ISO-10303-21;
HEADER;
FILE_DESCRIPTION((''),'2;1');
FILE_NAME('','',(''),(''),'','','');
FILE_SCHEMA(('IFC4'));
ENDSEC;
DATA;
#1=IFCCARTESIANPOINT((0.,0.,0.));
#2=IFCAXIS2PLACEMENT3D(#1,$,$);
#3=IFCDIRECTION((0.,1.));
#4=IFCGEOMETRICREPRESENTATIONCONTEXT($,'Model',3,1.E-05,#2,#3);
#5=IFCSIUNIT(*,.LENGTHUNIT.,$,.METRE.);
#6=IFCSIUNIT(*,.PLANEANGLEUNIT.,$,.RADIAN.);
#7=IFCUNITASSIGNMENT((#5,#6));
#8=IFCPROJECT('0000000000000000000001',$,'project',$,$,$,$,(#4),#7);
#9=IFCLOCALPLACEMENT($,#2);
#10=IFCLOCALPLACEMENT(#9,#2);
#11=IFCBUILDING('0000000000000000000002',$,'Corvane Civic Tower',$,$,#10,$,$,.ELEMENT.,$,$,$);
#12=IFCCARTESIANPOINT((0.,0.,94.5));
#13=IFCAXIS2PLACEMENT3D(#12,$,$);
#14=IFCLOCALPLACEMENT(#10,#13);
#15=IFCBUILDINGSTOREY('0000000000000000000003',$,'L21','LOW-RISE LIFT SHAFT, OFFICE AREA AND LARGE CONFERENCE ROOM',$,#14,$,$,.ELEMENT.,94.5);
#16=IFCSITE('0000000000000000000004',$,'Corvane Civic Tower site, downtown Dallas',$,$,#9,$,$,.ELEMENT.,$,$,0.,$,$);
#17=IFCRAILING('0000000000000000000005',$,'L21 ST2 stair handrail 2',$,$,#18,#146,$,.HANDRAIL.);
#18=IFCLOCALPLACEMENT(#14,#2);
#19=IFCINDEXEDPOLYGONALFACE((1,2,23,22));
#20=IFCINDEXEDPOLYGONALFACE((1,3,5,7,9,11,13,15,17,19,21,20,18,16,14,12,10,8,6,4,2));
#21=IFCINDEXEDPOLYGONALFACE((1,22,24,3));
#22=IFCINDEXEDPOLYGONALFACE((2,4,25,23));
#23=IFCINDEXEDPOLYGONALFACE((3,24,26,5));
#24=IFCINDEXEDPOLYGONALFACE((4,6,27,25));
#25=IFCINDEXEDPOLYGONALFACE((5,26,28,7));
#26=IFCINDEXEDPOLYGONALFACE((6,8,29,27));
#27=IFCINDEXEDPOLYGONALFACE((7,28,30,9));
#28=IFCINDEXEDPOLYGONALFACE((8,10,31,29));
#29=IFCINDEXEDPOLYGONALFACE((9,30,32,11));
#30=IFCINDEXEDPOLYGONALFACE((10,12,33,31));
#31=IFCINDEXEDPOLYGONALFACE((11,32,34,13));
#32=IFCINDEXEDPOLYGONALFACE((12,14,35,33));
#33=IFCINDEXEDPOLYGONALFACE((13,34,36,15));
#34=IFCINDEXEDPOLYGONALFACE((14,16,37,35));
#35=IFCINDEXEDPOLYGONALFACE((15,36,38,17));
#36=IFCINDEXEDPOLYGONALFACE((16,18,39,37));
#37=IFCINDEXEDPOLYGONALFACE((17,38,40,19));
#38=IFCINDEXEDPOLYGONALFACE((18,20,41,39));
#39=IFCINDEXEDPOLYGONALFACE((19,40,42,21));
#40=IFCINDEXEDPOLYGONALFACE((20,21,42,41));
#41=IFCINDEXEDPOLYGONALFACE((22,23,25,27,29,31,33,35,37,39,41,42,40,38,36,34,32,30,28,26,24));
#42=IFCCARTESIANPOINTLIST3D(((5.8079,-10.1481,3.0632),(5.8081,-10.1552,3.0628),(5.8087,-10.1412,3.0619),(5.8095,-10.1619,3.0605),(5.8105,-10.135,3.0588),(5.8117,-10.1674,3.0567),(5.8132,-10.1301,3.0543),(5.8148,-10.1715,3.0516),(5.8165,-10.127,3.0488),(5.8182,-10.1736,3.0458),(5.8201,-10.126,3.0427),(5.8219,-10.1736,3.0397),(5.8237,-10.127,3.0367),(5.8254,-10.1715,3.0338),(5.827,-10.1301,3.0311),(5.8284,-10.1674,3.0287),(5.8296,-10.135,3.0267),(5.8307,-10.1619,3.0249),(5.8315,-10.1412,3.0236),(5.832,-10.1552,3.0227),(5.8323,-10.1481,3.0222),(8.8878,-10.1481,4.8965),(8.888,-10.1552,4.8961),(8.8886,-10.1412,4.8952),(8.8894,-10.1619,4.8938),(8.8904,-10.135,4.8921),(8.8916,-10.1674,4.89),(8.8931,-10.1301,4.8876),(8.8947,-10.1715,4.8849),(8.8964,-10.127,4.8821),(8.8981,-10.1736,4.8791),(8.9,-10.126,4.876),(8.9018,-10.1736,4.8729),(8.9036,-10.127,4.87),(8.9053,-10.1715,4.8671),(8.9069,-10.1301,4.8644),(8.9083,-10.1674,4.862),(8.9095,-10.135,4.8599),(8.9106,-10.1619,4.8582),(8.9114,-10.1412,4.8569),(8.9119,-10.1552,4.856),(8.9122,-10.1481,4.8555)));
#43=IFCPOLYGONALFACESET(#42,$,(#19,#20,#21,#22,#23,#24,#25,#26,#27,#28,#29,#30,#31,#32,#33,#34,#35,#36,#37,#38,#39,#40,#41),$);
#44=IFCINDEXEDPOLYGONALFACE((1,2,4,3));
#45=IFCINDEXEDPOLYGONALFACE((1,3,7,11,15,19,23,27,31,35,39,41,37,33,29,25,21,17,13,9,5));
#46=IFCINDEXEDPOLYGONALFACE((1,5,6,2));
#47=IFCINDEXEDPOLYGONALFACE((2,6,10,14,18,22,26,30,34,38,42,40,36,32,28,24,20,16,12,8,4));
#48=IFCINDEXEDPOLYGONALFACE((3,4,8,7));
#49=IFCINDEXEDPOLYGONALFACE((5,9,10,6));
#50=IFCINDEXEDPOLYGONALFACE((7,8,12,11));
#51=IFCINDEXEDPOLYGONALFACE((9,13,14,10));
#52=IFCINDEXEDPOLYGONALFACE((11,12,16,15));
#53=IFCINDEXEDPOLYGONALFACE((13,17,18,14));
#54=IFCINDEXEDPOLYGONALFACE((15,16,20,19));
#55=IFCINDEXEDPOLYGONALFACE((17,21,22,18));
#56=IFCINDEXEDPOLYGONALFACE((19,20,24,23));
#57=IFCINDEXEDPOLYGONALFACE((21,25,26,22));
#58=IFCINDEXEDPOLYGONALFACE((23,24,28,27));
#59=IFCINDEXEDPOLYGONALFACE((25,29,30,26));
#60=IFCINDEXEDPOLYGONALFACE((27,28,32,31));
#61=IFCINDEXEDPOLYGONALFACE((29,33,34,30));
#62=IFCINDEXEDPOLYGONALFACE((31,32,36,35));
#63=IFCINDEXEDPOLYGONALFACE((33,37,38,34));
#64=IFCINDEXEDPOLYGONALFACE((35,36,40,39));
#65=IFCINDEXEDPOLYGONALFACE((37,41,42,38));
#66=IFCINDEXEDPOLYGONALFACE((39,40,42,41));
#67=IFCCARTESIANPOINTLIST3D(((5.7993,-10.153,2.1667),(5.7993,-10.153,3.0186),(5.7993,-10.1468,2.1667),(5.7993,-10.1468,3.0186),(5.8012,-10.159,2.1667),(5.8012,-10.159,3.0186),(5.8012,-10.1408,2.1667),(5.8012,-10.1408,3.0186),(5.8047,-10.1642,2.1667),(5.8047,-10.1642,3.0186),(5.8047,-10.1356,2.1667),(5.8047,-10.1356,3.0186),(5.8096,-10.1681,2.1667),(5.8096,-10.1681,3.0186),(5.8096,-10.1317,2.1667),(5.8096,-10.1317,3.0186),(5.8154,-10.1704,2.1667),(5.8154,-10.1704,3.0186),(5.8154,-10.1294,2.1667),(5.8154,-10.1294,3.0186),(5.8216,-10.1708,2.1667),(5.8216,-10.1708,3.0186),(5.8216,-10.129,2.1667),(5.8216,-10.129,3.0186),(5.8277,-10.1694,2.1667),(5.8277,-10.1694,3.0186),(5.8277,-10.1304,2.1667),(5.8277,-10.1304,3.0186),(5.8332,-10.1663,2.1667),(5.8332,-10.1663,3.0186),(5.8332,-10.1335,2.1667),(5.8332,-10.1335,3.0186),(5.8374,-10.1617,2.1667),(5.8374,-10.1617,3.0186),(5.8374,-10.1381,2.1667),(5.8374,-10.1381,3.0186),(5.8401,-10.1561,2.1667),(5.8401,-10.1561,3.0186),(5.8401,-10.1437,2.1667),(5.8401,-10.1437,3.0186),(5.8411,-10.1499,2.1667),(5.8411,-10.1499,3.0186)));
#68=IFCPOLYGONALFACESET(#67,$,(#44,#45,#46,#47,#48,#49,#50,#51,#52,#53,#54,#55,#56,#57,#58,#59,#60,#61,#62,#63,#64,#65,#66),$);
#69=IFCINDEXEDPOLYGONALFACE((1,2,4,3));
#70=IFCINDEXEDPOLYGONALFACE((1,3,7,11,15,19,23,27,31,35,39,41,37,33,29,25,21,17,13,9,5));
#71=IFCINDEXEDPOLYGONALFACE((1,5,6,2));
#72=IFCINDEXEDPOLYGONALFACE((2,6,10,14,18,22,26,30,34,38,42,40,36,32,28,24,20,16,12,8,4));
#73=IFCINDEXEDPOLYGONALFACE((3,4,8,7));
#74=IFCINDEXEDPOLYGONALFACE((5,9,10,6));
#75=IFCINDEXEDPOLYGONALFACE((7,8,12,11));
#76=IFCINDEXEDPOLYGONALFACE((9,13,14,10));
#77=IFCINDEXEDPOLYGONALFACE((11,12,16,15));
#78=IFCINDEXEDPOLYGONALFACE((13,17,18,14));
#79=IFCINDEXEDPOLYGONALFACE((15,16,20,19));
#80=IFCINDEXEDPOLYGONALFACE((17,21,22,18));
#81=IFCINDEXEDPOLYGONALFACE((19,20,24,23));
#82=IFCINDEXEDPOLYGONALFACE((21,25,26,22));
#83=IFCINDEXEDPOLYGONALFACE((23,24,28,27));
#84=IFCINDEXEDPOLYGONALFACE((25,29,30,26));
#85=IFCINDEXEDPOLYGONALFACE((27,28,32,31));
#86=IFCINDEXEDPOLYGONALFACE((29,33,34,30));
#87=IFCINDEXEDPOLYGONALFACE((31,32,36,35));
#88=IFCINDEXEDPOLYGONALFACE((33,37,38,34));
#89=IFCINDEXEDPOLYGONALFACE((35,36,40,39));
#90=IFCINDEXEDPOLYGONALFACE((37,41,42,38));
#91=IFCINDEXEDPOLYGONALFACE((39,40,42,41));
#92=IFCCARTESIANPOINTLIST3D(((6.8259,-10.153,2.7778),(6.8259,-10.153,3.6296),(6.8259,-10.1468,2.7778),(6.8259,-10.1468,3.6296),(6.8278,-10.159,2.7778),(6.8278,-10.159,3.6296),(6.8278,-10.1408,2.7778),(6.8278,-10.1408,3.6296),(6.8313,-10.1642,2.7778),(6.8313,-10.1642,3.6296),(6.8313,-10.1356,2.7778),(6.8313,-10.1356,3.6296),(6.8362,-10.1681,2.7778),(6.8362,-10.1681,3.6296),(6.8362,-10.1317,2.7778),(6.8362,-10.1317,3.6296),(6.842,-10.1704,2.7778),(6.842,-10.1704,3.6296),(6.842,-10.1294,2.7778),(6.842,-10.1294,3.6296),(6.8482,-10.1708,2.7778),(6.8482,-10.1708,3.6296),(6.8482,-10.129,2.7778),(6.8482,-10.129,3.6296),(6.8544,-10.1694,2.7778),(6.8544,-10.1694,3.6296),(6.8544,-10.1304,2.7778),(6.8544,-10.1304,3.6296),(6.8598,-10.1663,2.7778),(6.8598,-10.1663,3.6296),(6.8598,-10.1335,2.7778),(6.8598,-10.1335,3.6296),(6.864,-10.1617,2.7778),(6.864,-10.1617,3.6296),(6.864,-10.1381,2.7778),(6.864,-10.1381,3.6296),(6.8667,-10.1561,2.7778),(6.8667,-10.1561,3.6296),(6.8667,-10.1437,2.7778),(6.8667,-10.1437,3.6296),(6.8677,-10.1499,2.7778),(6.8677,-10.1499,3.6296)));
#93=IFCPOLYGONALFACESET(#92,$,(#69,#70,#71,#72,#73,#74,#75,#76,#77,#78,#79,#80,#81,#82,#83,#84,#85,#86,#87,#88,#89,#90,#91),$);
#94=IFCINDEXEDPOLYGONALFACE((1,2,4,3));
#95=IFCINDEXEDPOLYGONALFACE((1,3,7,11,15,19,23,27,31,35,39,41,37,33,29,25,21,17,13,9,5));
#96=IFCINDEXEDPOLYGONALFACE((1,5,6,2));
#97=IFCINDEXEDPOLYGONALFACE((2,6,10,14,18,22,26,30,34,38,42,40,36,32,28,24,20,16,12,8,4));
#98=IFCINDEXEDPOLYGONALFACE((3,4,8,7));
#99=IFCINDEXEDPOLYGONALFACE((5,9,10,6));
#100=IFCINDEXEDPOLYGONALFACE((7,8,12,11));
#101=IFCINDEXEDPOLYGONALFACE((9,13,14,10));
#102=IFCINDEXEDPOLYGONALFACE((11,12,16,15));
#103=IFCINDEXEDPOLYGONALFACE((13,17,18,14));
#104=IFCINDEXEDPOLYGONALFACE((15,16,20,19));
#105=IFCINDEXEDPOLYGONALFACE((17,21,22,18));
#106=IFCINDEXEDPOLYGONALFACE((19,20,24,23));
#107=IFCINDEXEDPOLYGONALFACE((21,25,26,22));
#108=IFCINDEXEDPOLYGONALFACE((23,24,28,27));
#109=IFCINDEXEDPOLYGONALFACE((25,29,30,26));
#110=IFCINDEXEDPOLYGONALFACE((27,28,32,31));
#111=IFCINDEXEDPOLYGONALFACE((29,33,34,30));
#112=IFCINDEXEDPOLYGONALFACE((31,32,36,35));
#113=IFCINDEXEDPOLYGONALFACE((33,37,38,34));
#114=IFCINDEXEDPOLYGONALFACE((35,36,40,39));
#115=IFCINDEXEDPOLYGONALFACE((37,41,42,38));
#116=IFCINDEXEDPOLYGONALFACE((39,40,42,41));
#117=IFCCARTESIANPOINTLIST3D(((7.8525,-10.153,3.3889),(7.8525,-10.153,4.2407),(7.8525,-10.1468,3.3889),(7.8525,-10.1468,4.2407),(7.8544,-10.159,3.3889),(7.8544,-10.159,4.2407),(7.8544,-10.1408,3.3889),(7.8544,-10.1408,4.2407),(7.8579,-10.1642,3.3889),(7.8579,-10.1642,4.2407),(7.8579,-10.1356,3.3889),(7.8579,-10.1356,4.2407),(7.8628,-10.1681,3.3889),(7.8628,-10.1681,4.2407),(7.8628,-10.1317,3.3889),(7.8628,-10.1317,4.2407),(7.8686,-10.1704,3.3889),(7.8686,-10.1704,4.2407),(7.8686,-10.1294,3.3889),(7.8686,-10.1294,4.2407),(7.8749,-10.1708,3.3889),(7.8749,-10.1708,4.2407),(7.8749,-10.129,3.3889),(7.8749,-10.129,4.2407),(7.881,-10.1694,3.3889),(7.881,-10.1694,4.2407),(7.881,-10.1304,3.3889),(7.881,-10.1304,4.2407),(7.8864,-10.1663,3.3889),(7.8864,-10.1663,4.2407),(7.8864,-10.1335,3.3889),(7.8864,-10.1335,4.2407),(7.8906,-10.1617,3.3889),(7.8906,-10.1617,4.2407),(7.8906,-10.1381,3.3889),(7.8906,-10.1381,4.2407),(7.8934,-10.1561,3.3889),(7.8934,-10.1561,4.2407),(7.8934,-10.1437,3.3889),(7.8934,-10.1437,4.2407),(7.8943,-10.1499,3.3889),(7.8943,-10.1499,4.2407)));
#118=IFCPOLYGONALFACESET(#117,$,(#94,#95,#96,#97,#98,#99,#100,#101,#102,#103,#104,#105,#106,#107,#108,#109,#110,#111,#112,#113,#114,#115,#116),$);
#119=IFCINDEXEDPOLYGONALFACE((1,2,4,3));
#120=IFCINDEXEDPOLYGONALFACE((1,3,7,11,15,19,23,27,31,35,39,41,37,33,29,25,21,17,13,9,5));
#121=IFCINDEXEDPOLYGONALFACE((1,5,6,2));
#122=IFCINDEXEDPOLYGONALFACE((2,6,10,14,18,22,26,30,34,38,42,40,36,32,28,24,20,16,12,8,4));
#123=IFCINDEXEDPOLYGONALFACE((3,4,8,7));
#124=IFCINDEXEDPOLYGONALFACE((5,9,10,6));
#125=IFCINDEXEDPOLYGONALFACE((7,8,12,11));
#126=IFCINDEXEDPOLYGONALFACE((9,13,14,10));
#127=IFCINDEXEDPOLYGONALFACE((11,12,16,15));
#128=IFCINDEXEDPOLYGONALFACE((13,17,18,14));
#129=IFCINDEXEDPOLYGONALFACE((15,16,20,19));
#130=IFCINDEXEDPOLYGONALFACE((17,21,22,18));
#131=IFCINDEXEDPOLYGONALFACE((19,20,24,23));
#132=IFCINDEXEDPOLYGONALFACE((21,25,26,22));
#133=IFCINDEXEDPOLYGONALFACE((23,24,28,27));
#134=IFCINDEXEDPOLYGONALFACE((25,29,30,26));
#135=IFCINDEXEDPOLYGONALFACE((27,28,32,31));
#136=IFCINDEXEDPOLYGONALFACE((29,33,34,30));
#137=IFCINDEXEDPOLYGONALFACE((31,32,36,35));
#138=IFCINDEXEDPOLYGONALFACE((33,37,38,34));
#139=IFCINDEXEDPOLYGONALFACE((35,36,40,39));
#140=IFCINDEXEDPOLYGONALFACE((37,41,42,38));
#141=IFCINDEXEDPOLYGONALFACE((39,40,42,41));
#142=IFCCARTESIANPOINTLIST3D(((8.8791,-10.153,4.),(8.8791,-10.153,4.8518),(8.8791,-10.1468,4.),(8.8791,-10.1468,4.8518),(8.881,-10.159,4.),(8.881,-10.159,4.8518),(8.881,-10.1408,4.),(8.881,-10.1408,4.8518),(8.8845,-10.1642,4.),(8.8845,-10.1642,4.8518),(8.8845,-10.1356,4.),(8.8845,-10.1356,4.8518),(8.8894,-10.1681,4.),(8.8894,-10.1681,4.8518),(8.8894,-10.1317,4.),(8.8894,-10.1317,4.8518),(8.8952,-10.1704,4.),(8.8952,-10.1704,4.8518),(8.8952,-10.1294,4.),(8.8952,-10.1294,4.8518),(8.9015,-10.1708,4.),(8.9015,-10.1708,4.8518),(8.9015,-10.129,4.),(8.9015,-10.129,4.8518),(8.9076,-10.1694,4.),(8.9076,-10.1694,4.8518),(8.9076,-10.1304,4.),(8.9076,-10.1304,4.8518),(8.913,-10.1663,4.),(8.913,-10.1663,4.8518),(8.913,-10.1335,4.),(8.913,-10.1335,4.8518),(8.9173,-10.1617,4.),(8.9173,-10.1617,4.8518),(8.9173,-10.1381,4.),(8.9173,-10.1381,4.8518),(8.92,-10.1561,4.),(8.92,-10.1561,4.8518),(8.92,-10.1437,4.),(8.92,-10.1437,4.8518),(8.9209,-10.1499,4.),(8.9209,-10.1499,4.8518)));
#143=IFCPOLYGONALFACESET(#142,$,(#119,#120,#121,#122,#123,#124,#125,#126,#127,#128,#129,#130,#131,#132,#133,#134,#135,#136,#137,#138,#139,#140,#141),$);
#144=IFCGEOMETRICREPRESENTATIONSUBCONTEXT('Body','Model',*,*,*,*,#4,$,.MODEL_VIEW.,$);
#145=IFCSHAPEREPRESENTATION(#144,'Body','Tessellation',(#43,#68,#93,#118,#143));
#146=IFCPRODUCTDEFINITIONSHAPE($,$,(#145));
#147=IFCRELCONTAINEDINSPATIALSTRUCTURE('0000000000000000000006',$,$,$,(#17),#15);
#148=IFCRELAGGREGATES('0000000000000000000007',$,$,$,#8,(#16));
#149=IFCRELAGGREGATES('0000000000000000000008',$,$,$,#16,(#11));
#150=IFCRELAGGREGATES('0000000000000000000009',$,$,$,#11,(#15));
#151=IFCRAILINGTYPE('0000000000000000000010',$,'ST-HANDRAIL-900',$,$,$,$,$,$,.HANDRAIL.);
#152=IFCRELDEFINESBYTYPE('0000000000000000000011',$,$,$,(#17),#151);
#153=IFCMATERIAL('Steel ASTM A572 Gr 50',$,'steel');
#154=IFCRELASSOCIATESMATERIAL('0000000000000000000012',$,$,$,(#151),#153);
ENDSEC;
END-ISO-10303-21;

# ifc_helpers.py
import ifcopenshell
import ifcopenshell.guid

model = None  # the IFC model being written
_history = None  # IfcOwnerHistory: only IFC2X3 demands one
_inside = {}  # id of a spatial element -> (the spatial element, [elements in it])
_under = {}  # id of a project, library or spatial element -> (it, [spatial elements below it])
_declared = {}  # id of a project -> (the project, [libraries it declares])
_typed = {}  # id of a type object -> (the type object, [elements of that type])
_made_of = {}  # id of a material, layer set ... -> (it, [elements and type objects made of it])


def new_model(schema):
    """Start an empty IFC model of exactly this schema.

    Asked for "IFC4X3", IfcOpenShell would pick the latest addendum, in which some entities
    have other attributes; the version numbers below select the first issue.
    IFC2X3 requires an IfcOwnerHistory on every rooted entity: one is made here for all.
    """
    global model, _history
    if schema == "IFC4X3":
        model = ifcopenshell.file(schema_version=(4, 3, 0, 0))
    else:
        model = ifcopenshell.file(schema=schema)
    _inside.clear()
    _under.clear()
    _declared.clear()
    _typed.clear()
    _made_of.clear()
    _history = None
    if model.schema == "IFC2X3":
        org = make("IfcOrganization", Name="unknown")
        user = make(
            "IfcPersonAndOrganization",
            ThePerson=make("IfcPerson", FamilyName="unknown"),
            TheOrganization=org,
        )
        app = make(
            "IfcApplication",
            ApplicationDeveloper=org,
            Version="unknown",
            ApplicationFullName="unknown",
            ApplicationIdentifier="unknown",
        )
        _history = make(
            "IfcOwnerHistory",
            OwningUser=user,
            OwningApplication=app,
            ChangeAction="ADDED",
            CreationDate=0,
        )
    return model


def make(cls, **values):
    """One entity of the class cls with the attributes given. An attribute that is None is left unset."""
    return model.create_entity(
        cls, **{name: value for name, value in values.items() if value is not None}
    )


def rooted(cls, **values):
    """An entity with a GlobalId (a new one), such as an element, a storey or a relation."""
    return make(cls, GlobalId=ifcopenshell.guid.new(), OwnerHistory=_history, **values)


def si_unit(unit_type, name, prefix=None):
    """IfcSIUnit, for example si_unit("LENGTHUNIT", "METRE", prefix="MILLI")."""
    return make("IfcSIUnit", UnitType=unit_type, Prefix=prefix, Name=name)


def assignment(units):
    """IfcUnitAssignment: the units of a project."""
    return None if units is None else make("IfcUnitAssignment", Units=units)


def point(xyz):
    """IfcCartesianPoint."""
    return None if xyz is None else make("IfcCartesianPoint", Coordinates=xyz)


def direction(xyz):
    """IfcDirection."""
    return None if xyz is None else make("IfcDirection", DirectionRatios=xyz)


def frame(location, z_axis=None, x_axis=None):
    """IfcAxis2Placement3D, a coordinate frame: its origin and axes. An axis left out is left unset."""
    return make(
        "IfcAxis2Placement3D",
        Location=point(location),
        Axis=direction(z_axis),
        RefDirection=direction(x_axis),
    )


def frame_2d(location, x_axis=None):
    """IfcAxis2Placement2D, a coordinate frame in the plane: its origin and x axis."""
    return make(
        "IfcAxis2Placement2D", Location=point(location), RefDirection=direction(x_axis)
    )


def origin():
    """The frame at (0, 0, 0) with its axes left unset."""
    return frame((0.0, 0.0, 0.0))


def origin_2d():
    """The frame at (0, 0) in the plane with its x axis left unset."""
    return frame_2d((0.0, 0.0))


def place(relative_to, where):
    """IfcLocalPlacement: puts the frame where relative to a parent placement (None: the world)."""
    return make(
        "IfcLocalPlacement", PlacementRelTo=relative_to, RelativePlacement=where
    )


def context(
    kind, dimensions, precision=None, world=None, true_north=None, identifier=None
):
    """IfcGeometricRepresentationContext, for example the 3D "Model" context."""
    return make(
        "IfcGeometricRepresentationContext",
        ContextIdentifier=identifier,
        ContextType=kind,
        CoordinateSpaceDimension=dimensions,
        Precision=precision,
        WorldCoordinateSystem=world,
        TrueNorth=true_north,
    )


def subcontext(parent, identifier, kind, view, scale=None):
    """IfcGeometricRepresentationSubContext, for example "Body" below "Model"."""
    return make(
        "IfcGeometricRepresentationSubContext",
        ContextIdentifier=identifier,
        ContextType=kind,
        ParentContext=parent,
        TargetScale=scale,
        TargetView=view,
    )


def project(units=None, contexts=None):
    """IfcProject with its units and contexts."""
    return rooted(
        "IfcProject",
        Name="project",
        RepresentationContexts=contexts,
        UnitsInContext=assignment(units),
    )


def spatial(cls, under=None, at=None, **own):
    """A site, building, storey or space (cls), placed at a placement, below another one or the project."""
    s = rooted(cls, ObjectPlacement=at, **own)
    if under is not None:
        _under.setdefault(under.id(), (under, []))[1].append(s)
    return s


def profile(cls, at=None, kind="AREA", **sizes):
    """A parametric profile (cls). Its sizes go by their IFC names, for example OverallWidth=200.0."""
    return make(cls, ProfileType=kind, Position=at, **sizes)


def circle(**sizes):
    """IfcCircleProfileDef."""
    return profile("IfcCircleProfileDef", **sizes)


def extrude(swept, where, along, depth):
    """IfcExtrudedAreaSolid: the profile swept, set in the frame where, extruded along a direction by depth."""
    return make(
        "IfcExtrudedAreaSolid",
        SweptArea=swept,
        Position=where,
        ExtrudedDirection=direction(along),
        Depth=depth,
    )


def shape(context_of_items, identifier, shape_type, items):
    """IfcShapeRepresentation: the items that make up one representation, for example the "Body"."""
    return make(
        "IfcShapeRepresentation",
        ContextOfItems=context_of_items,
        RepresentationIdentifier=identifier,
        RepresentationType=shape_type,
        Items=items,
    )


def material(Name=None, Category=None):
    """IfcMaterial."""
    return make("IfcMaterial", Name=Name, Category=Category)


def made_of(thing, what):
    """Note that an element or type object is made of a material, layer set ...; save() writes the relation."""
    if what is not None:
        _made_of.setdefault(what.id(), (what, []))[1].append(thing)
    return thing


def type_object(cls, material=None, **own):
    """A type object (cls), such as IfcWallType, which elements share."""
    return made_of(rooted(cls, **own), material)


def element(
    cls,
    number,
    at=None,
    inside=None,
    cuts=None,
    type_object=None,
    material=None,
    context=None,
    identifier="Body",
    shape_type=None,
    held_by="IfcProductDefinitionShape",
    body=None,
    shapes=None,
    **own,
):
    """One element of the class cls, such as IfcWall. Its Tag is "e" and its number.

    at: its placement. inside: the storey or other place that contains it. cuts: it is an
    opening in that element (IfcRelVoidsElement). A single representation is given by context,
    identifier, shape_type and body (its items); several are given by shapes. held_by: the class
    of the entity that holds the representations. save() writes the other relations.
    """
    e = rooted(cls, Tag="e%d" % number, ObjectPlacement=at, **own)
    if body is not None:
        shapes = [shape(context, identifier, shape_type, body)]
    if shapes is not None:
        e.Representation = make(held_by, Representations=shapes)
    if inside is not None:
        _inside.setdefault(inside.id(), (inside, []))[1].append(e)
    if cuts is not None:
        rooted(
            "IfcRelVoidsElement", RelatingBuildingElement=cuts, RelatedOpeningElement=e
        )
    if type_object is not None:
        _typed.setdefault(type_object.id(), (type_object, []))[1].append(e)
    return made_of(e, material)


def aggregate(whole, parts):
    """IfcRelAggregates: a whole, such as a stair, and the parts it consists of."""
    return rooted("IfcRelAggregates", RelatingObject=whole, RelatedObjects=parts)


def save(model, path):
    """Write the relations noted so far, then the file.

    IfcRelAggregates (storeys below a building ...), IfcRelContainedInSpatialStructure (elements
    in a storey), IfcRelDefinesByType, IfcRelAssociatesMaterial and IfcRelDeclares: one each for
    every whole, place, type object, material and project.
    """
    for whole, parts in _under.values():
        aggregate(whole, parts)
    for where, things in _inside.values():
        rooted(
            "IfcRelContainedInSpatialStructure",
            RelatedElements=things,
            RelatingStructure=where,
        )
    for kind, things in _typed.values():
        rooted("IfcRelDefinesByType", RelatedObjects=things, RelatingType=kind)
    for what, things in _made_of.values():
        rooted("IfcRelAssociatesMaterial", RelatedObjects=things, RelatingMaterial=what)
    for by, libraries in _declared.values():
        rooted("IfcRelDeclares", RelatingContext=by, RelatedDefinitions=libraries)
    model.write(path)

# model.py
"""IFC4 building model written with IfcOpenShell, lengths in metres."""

from ifc_helpers import new_model, si_unit, direction, frame, origin, origin_2d, place, context, subcontext, project, spatial, circle, extrude, material, type_object, element, save


model = new_model("IFC4")

# Units and contexts
model_context = context("Model", 3, precision=1e-05, world=origin(), true_north=direction((0.0, 1.0)))
body_context = subcontext(model_context, "Body", "Model", "MODEL_VIEW")
ifc_project = project(units=[si_unit("LENGTHUNIT", "METRE"), si_unit("PLANEANGLEUNIT", "RADIAN")], contexts=[model_context])

# Site, building, storey
site_placement = place(None, origin())
site = spatial("IfcSite", under=ifc_project, at=site_placement, Name="Corvane Civic Tower site, downtown Dallas", CompositionType="ELEMENT", RefElevation=0.0)
building_placement = place(site_placement, origin())
building = spatial("IfcBuilding", under=site, at=building_placement, Name="Corvane Civic Tower", CompositionType="ELEMENT")
storey_placement = place(building_placement, frame((0.0, 0.0, 94.5)))
storey = spatial("IfcBuildingStorey", under=building, at=storey_placement, Name="L21", Description="LOW-RISE LIFT SHAFT, OFFICE AREA AND LARGE CONFERENCE ROOM", CompositionType="ELEMENT", Elevation=94.5)

# Railing
ifc_material_1 = material(Name="Steel ASTM A572 Gr 50", Category="steel")
railing_type_1 = type_object("IfcRailingType", Name="ST-HANDRAIL-900", PredefinedType="HANDRAIL", material=ifc_material_1)
railing_1_placement = place(storey_placement, frame((5.8201, -10.1499, 2.1667)))
element("IfcRailing", 1, at=railing_1_placement, inside=storey, type_object=railing_type_1, Name="L21 ST2 stair handrail 2", PredefinedType="HANDRAIL", context=body_context, shape_type="SweptSolid", body=[
    extrude(circle(Radius=0.0239, at=origin_2d()), frame((0.0, 0.0, 0.876), z_axis=(0.859291, 0.0, 0.511487), x_axis=(0.0, 1.0, 0.0)), (0.0, 0.0, 1.0), 3.5842),
    extrude(circle(Radius=0.021, at=origin_2d()), origin(), (0.0, 0.0, 1.0), 0.8518),
    extrude(circle(Radius=0.021, at=origin_2d()), frame((1.0266, 0.0, 0.6111)), (0.0, 0.0, 1.0), 0.8518),
    extrude(circle(Radius=0.021, at=origin_2d()), frame((2.0532, 0.0, 1.2222)), (0.0, 0.0, 1.0), 0.8518),
    extrude(circle(Radius=0.021, at=origin_2d()), frame((3.0798, 0.0, 1.8333)), (0.0, 0.0, 1.0), 0.8518),
])

save(model, "model.ifc")
